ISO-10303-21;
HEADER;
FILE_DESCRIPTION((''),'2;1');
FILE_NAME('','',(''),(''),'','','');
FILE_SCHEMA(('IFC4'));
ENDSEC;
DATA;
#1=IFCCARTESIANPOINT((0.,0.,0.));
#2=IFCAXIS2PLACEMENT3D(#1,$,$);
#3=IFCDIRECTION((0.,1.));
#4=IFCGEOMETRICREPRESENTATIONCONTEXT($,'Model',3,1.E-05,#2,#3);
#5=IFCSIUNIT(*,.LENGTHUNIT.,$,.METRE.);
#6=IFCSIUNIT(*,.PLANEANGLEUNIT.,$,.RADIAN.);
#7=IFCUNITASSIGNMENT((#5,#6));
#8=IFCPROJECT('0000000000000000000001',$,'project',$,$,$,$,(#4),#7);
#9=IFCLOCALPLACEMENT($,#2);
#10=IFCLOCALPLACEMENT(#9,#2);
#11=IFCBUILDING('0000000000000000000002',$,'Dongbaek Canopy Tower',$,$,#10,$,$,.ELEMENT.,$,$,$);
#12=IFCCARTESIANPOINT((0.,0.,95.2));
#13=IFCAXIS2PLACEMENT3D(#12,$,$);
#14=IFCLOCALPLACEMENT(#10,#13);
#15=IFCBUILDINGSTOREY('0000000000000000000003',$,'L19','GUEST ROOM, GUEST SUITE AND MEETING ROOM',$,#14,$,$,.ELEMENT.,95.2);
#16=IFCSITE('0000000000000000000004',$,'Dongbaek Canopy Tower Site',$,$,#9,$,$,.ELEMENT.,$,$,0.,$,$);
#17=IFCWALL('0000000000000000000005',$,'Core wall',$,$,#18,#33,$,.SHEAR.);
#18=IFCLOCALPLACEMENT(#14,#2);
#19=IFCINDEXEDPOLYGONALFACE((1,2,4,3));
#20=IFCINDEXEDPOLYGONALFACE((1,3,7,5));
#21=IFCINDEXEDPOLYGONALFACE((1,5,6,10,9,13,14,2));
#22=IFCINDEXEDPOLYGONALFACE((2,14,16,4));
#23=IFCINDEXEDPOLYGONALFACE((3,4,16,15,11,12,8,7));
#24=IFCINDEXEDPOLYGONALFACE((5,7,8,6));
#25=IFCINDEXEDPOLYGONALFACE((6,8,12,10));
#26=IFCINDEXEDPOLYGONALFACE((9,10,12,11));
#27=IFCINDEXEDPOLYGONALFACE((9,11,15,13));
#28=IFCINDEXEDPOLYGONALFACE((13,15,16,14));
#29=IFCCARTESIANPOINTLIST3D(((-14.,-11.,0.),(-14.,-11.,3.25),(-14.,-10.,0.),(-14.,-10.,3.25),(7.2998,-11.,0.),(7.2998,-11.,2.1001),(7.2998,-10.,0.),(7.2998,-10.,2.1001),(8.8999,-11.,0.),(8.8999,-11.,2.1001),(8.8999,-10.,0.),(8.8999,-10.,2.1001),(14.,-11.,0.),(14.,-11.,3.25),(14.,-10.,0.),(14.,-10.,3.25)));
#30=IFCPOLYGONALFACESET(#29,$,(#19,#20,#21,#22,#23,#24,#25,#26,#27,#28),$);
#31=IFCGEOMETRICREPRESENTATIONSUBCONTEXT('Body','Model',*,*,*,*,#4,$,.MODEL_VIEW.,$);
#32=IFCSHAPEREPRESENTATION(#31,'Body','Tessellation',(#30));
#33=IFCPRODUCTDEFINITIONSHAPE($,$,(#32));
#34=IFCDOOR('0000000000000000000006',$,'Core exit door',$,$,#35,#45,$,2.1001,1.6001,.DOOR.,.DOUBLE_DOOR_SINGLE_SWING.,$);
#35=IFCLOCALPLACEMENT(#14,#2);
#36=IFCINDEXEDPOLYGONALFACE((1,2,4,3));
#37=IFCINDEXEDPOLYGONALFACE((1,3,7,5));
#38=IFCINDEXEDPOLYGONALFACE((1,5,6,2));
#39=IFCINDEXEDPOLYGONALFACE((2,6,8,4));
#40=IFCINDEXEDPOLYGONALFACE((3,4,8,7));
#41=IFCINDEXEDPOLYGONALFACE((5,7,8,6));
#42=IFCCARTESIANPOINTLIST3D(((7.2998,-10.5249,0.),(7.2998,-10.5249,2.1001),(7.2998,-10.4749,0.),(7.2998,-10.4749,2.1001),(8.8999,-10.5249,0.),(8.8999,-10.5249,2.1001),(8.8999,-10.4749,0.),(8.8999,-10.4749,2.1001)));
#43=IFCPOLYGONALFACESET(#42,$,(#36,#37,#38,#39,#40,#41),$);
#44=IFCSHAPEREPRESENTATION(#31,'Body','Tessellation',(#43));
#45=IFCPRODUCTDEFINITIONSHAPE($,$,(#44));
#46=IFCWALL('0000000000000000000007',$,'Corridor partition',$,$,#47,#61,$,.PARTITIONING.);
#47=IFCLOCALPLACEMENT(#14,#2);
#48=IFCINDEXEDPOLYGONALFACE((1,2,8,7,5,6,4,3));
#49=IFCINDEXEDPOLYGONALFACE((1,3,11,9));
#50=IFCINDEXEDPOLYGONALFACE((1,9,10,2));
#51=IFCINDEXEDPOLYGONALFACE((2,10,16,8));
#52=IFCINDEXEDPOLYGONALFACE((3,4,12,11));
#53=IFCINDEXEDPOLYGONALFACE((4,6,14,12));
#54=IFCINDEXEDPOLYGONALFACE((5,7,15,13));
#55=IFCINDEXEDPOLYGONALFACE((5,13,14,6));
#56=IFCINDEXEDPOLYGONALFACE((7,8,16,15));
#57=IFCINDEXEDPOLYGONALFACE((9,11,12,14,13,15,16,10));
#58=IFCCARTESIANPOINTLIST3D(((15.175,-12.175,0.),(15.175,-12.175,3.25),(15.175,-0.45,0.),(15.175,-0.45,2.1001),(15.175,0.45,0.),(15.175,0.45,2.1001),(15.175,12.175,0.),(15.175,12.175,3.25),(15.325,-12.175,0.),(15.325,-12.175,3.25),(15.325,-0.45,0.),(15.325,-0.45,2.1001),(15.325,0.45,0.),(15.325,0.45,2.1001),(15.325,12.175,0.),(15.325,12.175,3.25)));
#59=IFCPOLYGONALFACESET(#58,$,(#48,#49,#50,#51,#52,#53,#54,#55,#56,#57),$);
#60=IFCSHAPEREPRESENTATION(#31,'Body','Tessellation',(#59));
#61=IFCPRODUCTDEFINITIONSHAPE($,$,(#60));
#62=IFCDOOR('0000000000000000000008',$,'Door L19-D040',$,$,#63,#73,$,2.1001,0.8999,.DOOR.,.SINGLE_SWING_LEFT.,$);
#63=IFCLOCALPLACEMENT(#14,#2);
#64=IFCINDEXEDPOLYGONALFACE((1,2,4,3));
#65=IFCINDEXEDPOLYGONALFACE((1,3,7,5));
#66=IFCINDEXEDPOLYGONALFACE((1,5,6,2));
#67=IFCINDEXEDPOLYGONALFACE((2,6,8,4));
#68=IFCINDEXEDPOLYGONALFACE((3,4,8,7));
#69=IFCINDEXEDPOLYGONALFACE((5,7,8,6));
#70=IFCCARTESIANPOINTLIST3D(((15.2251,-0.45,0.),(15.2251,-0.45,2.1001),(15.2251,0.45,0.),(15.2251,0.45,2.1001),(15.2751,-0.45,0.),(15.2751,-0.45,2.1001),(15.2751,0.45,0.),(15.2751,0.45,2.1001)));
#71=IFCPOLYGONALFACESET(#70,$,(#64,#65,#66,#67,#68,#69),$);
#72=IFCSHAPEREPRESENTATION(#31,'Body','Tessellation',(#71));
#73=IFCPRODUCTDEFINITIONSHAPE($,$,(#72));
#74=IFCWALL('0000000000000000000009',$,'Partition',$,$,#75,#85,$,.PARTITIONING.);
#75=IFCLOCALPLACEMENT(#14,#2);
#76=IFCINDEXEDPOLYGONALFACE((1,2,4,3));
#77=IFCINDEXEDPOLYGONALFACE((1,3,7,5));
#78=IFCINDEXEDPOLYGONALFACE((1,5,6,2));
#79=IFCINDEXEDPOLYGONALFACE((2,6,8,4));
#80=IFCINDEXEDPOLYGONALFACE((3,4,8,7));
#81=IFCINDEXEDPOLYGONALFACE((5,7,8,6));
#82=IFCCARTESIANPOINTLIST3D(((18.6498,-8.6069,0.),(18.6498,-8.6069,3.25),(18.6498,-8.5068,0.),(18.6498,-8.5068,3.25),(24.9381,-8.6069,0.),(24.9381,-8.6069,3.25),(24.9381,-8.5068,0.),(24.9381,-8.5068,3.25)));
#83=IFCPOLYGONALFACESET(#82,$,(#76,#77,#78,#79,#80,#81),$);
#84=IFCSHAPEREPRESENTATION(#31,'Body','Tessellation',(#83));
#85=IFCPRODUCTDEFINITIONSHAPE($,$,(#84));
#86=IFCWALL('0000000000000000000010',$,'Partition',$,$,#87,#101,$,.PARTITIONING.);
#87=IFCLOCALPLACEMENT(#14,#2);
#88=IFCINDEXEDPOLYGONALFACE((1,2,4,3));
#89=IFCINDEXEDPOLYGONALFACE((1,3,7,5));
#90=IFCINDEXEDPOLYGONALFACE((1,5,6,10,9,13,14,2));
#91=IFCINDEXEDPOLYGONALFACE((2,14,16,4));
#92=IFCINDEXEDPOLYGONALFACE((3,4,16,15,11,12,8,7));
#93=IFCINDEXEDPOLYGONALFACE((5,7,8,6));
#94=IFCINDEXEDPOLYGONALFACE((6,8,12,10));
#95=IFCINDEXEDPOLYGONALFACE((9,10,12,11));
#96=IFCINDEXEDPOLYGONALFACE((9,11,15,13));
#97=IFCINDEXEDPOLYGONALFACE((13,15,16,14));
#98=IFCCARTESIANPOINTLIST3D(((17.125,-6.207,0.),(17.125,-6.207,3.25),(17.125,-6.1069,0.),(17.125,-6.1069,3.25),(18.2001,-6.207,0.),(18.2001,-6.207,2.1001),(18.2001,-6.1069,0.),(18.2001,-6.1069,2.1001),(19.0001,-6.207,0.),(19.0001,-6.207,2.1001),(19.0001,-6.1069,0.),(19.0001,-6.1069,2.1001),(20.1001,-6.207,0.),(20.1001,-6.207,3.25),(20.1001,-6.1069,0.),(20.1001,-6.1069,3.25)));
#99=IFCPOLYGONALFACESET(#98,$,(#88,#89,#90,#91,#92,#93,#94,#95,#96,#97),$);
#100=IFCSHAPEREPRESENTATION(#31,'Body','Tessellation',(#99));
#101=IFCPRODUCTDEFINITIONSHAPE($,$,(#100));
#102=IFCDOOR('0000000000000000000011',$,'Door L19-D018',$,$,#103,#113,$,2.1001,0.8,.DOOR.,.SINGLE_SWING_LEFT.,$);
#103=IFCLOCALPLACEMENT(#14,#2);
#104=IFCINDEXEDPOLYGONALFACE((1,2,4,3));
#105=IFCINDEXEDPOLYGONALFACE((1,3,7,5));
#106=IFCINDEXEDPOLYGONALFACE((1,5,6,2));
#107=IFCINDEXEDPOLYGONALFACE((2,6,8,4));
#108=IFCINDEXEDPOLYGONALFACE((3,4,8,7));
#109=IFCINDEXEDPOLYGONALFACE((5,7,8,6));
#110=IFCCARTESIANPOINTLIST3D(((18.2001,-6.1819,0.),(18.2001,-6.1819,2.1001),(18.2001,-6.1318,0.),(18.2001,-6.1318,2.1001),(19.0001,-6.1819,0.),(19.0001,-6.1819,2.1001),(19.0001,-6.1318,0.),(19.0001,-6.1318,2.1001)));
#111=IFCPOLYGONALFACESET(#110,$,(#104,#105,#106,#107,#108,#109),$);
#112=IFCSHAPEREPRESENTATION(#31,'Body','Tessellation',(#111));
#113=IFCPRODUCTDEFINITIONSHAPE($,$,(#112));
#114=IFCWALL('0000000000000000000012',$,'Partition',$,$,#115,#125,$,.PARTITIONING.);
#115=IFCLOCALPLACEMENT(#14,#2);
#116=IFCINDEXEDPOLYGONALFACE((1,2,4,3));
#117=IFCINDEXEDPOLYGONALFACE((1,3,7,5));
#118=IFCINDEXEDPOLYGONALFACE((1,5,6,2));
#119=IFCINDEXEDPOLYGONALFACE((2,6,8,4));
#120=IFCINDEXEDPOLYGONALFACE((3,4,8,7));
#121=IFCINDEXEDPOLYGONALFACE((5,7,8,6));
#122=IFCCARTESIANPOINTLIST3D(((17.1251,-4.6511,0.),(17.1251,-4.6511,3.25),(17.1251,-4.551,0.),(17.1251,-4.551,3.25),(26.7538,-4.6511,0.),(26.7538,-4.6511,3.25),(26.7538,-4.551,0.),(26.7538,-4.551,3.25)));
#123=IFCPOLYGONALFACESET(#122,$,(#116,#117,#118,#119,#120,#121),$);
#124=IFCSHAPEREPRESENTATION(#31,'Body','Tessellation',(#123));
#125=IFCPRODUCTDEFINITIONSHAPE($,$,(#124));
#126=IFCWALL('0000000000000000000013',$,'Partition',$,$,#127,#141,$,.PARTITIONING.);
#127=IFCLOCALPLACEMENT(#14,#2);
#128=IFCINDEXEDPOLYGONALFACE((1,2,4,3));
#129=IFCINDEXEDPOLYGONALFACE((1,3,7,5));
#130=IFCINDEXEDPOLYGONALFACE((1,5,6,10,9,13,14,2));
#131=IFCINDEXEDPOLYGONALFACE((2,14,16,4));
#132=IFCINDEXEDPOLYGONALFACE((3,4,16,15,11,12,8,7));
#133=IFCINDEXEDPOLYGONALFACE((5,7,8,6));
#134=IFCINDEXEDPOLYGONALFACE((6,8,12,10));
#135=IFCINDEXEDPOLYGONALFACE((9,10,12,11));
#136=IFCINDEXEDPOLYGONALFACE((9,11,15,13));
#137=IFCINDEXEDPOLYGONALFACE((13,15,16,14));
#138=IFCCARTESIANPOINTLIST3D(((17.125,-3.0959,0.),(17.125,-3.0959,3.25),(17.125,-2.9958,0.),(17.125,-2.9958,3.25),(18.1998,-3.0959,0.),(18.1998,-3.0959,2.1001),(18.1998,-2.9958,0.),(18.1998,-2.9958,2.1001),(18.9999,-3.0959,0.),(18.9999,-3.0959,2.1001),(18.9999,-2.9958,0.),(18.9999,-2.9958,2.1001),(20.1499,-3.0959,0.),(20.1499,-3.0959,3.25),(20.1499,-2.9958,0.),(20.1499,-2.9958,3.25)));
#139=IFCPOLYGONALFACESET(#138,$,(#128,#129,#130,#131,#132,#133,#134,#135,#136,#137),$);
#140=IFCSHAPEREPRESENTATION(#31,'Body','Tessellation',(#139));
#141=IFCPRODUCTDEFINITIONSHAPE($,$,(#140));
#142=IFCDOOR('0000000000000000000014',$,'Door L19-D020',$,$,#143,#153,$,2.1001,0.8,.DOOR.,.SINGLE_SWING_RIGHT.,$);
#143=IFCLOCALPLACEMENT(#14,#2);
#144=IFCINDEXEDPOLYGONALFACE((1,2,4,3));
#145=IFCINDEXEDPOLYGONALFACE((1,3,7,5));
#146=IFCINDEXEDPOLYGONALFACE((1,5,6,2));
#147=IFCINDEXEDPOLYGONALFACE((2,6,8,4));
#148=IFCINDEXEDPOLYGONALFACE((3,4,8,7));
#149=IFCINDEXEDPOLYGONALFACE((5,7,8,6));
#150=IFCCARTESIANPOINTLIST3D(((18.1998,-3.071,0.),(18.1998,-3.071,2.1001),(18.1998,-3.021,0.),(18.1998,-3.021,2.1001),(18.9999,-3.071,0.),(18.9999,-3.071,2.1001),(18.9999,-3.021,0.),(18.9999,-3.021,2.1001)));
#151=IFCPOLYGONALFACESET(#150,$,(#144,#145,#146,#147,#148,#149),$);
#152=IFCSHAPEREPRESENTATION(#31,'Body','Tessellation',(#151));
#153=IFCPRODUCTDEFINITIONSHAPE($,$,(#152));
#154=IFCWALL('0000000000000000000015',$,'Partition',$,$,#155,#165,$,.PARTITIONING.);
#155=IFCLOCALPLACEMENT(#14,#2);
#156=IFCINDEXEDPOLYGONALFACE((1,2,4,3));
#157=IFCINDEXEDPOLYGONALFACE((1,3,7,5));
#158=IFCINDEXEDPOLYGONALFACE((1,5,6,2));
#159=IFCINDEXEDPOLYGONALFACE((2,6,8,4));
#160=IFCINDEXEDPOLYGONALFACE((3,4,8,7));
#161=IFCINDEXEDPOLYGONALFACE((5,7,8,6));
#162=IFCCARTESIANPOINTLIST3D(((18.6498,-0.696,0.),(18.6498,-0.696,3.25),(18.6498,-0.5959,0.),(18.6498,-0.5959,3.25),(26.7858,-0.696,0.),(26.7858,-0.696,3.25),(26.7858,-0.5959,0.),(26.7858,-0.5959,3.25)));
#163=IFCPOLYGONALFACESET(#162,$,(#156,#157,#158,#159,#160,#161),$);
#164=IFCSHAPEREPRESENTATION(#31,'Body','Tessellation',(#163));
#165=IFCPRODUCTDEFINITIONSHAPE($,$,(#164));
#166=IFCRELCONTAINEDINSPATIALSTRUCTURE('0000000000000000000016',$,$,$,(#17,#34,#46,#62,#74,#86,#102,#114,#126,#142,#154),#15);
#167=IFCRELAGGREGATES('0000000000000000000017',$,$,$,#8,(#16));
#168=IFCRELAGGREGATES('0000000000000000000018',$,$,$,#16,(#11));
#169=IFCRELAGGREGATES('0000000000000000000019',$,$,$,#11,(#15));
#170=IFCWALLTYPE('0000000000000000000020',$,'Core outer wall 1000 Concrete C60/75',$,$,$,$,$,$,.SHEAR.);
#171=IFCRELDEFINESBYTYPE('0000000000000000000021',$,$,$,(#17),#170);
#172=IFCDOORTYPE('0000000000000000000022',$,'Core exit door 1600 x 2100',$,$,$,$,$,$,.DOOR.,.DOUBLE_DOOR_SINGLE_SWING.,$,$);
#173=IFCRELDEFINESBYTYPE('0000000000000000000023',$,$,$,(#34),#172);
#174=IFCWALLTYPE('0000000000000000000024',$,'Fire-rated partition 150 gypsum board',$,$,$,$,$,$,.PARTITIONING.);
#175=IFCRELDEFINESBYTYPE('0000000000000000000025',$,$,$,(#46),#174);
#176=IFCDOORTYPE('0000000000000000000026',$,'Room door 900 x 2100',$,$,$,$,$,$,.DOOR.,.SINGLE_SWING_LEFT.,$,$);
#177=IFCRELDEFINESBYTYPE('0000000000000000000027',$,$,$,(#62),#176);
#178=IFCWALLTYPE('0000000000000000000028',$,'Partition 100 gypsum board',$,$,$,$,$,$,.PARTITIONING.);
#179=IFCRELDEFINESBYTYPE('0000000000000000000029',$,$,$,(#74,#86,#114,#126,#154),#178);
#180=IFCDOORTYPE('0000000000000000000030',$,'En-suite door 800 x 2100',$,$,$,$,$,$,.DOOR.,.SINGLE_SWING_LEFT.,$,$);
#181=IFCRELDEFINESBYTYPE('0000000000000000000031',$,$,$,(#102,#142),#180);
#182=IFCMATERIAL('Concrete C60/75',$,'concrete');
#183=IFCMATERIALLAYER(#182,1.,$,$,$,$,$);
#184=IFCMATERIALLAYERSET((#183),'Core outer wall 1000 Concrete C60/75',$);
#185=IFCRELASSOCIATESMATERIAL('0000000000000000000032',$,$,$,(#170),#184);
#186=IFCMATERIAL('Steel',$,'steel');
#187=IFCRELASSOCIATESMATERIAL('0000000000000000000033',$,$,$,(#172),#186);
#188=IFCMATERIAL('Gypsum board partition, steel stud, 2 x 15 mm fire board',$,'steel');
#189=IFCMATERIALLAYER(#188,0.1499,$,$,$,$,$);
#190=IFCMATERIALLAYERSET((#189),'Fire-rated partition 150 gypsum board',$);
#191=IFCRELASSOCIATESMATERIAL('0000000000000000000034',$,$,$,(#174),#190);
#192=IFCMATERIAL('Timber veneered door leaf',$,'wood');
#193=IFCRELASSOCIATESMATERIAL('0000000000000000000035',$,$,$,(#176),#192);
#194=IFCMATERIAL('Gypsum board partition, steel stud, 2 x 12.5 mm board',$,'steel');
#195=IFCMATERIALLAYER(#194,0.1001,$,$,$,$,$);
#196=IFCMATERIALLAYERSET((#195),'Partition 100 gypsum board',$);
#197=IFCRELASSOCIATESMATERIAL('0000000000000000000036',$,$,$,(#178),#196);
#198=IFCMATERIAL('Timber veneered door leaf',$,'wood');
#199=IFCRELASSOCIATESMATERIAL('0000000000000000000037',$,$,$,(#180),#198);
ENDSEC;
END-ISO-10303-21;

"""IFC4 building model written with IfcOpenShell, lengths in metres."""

from ifc_helpers import new_model, si_unit, direction, frame, frame_2d, origin, place, context, subcontext, project, spatial, rectangle, extrude, material, layer, layer_set, type_object, element, fill, save


model = new_model("IFC4")

# Units and contexts
model_context = context("Model", 3, precision=1e-05, world=origin(), true_north=direction((0.0, 1.0)))
body_context = subcontext(model_context, "Body", "Model", "MODEL_VIEW")
ifc_project = project(units=[si_unit("LENGTHUNIT", "METRE"), si_unit("PLANEANGLEUNIT", "RADIAN")], contexts=[model_context])

# Site, building, storey
site_placement = place(None, origin())
site = spatial("IfcSite", under=ifc_project, at=site_placement, Name="Dongbaek Canopy Tower Site", CompositionType="ELEMENT", RefElevation=0.0)
building_placement = place(site_placement, origin())
building = spatial("IfcBuilding", under=site, at=building_placement, Name="Dongbaek Canopy Tower", CompositionType="ELEMENT")
storey_placement = place(building_placement, frame((0.0, 0.0, 95.2)))
storey = spatial("IfcBuildingStorey", under=building, at=storey_placement, Name="L19", Description="GUEST ROOM, GUEST SUITE AND MEETING ROOM", CompositionType="ELEMENT", Elevation=95.2)

# Walls, openings, doors
ifc_material_1 = material(Name="Concrete C60/75", Category="concrete")
ifc_layer_1 = layer(ifc_material_1, 1.0)
ifc_layer_set_1 = layer_set([ifc_layer_1], Name="Core outer wall 1000 Concrete C60/75")
wall_type_1 = type_object("IfcWallType", Name="Core outer wall 1000 Concrete C60/75", PredefinedType="SHEAR", material=ifc_layer_set_1)
wall_1_placement = place(storey_placement, frame((14.0, -10.5, 0.0), z_axis=(0.0, 0.0, 1.0), x_axis=(-1.0, 0.0, 0.0)))
wall_1 = element("IfcWall", 1, at=wall_1_placement, inside=storey, type_object=wall_type_1, Name="Core wall", PredefinedType="SHEAR", context=body_context, shape_type="SweptSolid", body=[
    extrude(rectangle(XDim=28.0, YDim=1.0, at=frame_2d((14.0, 0.0))), origin(), (0.0, 0.0, 1.0), 3.25),
])
opening_1_placement = place(wall_1_placement, frame((5.1001, 0.0, 0.0)))
opening_1 = element("IfcOpeningElement", 2, at=opening_1_placement, cuts=wall_1, PredefinedType="OPENING", context=body_context, shape_type="SweptSolid", body=[
    extrude(rectangle(XDim=1.6001, YDim=2.1001, at=frame_2d((0.8, 1.05))), frame((0.0, 0.51, 0.0), z_axis=(0.0, -1.0, 0.0), x_axis=(1.0, 0.0, 0.0)), (0.0, 0.0, 1.0), 1.02),
])
ifc_material_2 = material(Name="Steel", Category="steel")
door_type_1 = type_object("IfcDoorType", Name="Core exit door 1600 x 2100", OperationType="DOUBLE_DOOR_SINGLE_SWING", PredefinedType="DOOR", material=ifc_material_2)
door_1_placement = place(opening_1_placement, origin())
door_1 = element("IfcDoor", 3, at=door_1_placement, inside=storey, type_object=door_type_1, Name="Core exit door", OperationType="DOUBLE_DOOR_SINGLE_SWING", OverallHeight=2.1001, OverallWidth=1.6001, PredefinedType="DOOR", context=body_context, shape_type="SweptSolid", body=[
    extrude(rectangle(XDim=1.6001, YDim=2.1001, at=frame_2d((0.8, 1.05))), frame((0.0, 0.0249, 0.0), z_axis=(0.0, -1.0, 0.0), x_axis=(1.0, 0.0, 0.0)), (0.0, 0.0, 1.0), 0.05),
])
fill(opening_1, door_1)
ifc_material_3 = material(Name="Gypsum board partition, steel stud, 2 x 15 mm fire board", Category="steel")
ifc_layer_2 = layer(ifc_material_3, 0.1499)
ifc_layer_set_2 = layer_set([ifc_layer_2], Name="Fire-rated partition 150 gypsum board")
wall_type_2 = type_object("IfcWallType", Name="Fire-rated partition 150 gypsum board", PredefinedType="PARTITIONING", material=ifc_layer_set_2)
wall_2_placement = place(storey_placement, frame((15.25, -12.175, 0.0), z_axis=(0.0, 0.0, 1.0), x_axis=(0.0, 1.0, 0.0)))
wall_2 = element("IfcWall", 4, at=wall_2_placement, inside=storey, type_object=wall_type_2, Name="Corridor partition", PredefinedType="PARTITIONING", context=body_context, shape_type="SweptSolid", body=[
    extrude(rectangle(XDim=24.3501, YDim=0.1499, at=frame_2d((12.175, 0.0))), origin(), (0.0, 0.0, 1.0), 3.25),
])
opening_2_placement = place(wall_2_placement, frame((11.7251, 0.0, 0.0)))
opening_2 = element("IfcOpeningElement", 5, at=opening_2_placement, cuts=wall_2, PredefinedType="OPENING", context=body_context, shape_type="SweptSolid", body=[
    extrude(rectangle(XDim=0.8999, YDim=2.1001, at=frame_2d((0.45, 1.05))), frame((0.0, 0.085, 0.0), z_axis=(0.0, -1.0, 0.0), x_axis=(1.0, 0.0, 0.0)), (0.0, 0.0, 1.0), 0.1699),
])
ifc_material_4 = material(Name="Timber veneered door leaf", Category="wood")
door_type_2 = type_object("IfcDoorType", Name="Room door 900 x 2100", OperationType="SINGLE_SWING_LEFT", PredefinedType="DOOR", material=ifc_material_4)
door_2_placement = place(opening_2_placement, origin())
door_2 = element("IfcDoor", 6, at=door_2_placement, inside=storey, type_object=door_type_2, Name="Door L19-D040", OperationType="SINGLE_SWING_LEFT", OverallHeight=2.1001, OverallWidth=0.8999, PredefinedType="DOOR", context=body_context, shape_type="SweptSolid", body=[
    extrude(rectangle(XDim=0.8999, YDim=2.1001, at=frame_2d((0.45, 1.05))), frame((0.0, 0.0249, 0.0), z_axis=(0.0, -1.0, 0.0), x_axis=(1.0, 0.0, 0.0)), (0.0, 0.0, 1.0), 0.05),
])
fill(opening_2, door_2)

# Wall
ifc_material_5 = material(Name="Gypsum board partition, steel stud, 2 x 12.5 mm board", Category="steel")
ifc_layer_3 = layer(ifc_material_5, 0.1001)
ifc_layer_set_3 = layer_set([ifc_layer_3], Name="Partition 100 gypsum board")
wall_type_3 = type_object("IfcWallType", Name="Partition 100 gypsum board", PredefinedType="PARTITIONING", material=ifc_layer_set_3)
wall_3_placement = place(storey_placement, frame((18.6499, -8.5569, 0.0), z_axis=(0.0, 0.0, 1.0), x_axis=(1.0, 0.0, 0.0)))
element("IfcWall", 7, at=wall_3_placement, inside=storey, type_object=wall_type_3, Name="Partition", PredefinedType="PARTITIONING", context=body_context, shape_type="SweptSolid", body=[
    extrude(rectangle(XDim=6.2883, YDim=0.1001, at=frame_2d((3.144, 0.0))), origin(), (0.0, 0.0, 1.0), 3.25),
])

# Wall, opening, door
wall_4_placement = place(storey_placement, frame((20.1001, -6.157, 0.0), z_axis=(0.0, 0.0, 1.0), x_axis=(-1.0, 0.0, 0.0)))
wall_4 = element("IfcWall", 8, at=wall_4_placement, inside=storey, type_object=wall_type_3, Name="Partition", PredefinedType="PARTITIONING", context=body_context, shape_type="SweptSolid", body=[
    extrude(rectangle(XDim=2.9751, YDim=0.1001, at=frame_2d((1.4875, 0.0))), origin(), (0.0, 0.0, 1.0), 3.25),
])
opening_3_placement = place(wall_4_placement, frame((1.1001, 0.0, 0.0)))
opening_3 = element("IfcOpeningElement", 9, at=opening_3_placement, cuts=wall_4, PredefinedType="OPENING", context=body_context, shape_type="SweptSolid", body=[
    extrude(rectangle(XDim=0.8, YDim=2.1001, at=frame_2d((0.3999, 1.05))), frame((0.0, 0.0601, 0.0), z_axis=(0.0, -1.0, 0.0), x_axis=(1.0, 0.0, 0.0)), (0.0, 0.0, 1.0), 0.1201),
])
ifc_material_6 = material(Name="Timber veneered door leaf", Category="wood")
door_type_3 = type_object("IfcDoorType", Name="En-suite door 800 x 2100", OperationType="SINGLE_SWING_LEFT", PredefinedType="DOOR", material=ifc_material_6)
door_3_placement = place(opening_3_placement, origin())
door_3 = element("IfcDoor", 10, at=door_3_placement, inside=storey, type_object=door_type_3, Name="Door L19-D018", OperationType="SINGLE_SWING_LEFT", OverallHeight=2.1001, OverallWidth=0.8, PredefinedType="DOOR", context=body_context, shape_type="SweptSolid", body=[
    extrude(rectangle(XDim=0.8, YDim=2.1001, at=frame_2d((0.3999, 1.05))), frame((0.0, 0.0249, 0.0), z_axis=(0.0, -1.0, 0.0), x_axis=(1.0, 0.0, 0.0)), (0.0, 0.0, 1.0), 0.05),
])
fill(opening_3, door_3)

# Wall
wall_5_placement = place(storey_placement, frame((17.125, -4.6011, 0.0), z_axis=(0.0, 0.0, 1.0), x_axis=(1.0, 0.0, 0.0)))
element("IfcWall", 11, at=wall_5_placement, inside=storey, type_object=wall_type_3, Name="Partition", PredefinedType="PARTITIONING", context=body_context, shape_type="SweptSolid", body=[
    extrude(rectangle(XDim=9.6287, YDim=0.1001, at=frame_2d((4.8145, 0.0))), origin(), (0.0, 0.0, 1.0), 3.25),
])

# Wall, opening, door
wall_6_placement = place(storey_placement, frame((17.125, -3.0459, 0.0), z_axis=(0.0, 0.0, 1.0), x_axis=(1.0, 0.0, 0.0)))
wall_6 = element("IfcWall", 12, at=wall_6_placement, inside=storey, type_object=wall_type_3, Name="Partition", PredefinedType="PARTITIONING", context=body_context, shape_type="SweptSolid", body=[
    extrude(rectangle(XDim=3.0249, YDim=0.1001, at=frame_2d((1.5125, 0.0))), origin(), (0.0, 0.0, 1.0), 3.25),
])
opening_4_placement = place(wall_6_placement, frame((1.075, 0.0, 0.0)))
opening_4 = element("IfcOpeningElement", 13, at=opening_4_placement, cuts=wall_6, PredefinedType="OPENING", context=body_context, shape_type="SweptSolid", body=[
    extrude(rectangle(XDim=0.8, YDim=2.1001, at=frame_2d((0.3999, 1.05))), frame((0.0, 0.0601, 0.0), z_axis=(0.0, -1.0, 0.0), x_axis=(1.0, 0.0, 0.0)), (0.0, 0.0, 1.0), 0.1201),
])
door_4_placement = place(opening_4_placement, origin())
door_4 = element("IfcDoor", 14, at=door_4_placement, inside=storey, type_object=door_type_3, Name="Door L19-D020", OperationType="SINGLE_SWING_RIGHT", OverallHeight=2.1001, OverallWidth=0.8, PredefinedType="DOOR", context=body_context, shape_type="SweptSolid", body=[
    extrude(rectangle(XDim=0.8, YDim=2.1001, at=frame_2d((0.3999, 1.05))), frame((0.0, 0.0249, 0.0), z_axis=(0.0, -1.0, 0.0), x_axis=(1.0, 0.0, 0.0)), (0.0, 0.0, 1.0), 0.05),
])
fill(opening_4, door_4)

# Wall
wall_7_placement = place(storey_placement, frame((18.6499, -0.646, 0.0), z_axis=(0.0, 0.0, 1.0), x_axis=(1.0, 0.0, 0.0)))
element("IfcWall", 15, at=wall_7_placement, inside=storey, type_object=wall_type_3, Name="Partition", PredefinedType="PARTITIONING", context=body_context, shape_type="SweptSolid", body=[
    extrude(rectangle(XDim=8.136, YDim=0.1001, at=frame_2d((4.0679, 0.0))), origin(), (0.0, 0.0, 1.0), 3.25),
])

save(model, "model.ifc")
